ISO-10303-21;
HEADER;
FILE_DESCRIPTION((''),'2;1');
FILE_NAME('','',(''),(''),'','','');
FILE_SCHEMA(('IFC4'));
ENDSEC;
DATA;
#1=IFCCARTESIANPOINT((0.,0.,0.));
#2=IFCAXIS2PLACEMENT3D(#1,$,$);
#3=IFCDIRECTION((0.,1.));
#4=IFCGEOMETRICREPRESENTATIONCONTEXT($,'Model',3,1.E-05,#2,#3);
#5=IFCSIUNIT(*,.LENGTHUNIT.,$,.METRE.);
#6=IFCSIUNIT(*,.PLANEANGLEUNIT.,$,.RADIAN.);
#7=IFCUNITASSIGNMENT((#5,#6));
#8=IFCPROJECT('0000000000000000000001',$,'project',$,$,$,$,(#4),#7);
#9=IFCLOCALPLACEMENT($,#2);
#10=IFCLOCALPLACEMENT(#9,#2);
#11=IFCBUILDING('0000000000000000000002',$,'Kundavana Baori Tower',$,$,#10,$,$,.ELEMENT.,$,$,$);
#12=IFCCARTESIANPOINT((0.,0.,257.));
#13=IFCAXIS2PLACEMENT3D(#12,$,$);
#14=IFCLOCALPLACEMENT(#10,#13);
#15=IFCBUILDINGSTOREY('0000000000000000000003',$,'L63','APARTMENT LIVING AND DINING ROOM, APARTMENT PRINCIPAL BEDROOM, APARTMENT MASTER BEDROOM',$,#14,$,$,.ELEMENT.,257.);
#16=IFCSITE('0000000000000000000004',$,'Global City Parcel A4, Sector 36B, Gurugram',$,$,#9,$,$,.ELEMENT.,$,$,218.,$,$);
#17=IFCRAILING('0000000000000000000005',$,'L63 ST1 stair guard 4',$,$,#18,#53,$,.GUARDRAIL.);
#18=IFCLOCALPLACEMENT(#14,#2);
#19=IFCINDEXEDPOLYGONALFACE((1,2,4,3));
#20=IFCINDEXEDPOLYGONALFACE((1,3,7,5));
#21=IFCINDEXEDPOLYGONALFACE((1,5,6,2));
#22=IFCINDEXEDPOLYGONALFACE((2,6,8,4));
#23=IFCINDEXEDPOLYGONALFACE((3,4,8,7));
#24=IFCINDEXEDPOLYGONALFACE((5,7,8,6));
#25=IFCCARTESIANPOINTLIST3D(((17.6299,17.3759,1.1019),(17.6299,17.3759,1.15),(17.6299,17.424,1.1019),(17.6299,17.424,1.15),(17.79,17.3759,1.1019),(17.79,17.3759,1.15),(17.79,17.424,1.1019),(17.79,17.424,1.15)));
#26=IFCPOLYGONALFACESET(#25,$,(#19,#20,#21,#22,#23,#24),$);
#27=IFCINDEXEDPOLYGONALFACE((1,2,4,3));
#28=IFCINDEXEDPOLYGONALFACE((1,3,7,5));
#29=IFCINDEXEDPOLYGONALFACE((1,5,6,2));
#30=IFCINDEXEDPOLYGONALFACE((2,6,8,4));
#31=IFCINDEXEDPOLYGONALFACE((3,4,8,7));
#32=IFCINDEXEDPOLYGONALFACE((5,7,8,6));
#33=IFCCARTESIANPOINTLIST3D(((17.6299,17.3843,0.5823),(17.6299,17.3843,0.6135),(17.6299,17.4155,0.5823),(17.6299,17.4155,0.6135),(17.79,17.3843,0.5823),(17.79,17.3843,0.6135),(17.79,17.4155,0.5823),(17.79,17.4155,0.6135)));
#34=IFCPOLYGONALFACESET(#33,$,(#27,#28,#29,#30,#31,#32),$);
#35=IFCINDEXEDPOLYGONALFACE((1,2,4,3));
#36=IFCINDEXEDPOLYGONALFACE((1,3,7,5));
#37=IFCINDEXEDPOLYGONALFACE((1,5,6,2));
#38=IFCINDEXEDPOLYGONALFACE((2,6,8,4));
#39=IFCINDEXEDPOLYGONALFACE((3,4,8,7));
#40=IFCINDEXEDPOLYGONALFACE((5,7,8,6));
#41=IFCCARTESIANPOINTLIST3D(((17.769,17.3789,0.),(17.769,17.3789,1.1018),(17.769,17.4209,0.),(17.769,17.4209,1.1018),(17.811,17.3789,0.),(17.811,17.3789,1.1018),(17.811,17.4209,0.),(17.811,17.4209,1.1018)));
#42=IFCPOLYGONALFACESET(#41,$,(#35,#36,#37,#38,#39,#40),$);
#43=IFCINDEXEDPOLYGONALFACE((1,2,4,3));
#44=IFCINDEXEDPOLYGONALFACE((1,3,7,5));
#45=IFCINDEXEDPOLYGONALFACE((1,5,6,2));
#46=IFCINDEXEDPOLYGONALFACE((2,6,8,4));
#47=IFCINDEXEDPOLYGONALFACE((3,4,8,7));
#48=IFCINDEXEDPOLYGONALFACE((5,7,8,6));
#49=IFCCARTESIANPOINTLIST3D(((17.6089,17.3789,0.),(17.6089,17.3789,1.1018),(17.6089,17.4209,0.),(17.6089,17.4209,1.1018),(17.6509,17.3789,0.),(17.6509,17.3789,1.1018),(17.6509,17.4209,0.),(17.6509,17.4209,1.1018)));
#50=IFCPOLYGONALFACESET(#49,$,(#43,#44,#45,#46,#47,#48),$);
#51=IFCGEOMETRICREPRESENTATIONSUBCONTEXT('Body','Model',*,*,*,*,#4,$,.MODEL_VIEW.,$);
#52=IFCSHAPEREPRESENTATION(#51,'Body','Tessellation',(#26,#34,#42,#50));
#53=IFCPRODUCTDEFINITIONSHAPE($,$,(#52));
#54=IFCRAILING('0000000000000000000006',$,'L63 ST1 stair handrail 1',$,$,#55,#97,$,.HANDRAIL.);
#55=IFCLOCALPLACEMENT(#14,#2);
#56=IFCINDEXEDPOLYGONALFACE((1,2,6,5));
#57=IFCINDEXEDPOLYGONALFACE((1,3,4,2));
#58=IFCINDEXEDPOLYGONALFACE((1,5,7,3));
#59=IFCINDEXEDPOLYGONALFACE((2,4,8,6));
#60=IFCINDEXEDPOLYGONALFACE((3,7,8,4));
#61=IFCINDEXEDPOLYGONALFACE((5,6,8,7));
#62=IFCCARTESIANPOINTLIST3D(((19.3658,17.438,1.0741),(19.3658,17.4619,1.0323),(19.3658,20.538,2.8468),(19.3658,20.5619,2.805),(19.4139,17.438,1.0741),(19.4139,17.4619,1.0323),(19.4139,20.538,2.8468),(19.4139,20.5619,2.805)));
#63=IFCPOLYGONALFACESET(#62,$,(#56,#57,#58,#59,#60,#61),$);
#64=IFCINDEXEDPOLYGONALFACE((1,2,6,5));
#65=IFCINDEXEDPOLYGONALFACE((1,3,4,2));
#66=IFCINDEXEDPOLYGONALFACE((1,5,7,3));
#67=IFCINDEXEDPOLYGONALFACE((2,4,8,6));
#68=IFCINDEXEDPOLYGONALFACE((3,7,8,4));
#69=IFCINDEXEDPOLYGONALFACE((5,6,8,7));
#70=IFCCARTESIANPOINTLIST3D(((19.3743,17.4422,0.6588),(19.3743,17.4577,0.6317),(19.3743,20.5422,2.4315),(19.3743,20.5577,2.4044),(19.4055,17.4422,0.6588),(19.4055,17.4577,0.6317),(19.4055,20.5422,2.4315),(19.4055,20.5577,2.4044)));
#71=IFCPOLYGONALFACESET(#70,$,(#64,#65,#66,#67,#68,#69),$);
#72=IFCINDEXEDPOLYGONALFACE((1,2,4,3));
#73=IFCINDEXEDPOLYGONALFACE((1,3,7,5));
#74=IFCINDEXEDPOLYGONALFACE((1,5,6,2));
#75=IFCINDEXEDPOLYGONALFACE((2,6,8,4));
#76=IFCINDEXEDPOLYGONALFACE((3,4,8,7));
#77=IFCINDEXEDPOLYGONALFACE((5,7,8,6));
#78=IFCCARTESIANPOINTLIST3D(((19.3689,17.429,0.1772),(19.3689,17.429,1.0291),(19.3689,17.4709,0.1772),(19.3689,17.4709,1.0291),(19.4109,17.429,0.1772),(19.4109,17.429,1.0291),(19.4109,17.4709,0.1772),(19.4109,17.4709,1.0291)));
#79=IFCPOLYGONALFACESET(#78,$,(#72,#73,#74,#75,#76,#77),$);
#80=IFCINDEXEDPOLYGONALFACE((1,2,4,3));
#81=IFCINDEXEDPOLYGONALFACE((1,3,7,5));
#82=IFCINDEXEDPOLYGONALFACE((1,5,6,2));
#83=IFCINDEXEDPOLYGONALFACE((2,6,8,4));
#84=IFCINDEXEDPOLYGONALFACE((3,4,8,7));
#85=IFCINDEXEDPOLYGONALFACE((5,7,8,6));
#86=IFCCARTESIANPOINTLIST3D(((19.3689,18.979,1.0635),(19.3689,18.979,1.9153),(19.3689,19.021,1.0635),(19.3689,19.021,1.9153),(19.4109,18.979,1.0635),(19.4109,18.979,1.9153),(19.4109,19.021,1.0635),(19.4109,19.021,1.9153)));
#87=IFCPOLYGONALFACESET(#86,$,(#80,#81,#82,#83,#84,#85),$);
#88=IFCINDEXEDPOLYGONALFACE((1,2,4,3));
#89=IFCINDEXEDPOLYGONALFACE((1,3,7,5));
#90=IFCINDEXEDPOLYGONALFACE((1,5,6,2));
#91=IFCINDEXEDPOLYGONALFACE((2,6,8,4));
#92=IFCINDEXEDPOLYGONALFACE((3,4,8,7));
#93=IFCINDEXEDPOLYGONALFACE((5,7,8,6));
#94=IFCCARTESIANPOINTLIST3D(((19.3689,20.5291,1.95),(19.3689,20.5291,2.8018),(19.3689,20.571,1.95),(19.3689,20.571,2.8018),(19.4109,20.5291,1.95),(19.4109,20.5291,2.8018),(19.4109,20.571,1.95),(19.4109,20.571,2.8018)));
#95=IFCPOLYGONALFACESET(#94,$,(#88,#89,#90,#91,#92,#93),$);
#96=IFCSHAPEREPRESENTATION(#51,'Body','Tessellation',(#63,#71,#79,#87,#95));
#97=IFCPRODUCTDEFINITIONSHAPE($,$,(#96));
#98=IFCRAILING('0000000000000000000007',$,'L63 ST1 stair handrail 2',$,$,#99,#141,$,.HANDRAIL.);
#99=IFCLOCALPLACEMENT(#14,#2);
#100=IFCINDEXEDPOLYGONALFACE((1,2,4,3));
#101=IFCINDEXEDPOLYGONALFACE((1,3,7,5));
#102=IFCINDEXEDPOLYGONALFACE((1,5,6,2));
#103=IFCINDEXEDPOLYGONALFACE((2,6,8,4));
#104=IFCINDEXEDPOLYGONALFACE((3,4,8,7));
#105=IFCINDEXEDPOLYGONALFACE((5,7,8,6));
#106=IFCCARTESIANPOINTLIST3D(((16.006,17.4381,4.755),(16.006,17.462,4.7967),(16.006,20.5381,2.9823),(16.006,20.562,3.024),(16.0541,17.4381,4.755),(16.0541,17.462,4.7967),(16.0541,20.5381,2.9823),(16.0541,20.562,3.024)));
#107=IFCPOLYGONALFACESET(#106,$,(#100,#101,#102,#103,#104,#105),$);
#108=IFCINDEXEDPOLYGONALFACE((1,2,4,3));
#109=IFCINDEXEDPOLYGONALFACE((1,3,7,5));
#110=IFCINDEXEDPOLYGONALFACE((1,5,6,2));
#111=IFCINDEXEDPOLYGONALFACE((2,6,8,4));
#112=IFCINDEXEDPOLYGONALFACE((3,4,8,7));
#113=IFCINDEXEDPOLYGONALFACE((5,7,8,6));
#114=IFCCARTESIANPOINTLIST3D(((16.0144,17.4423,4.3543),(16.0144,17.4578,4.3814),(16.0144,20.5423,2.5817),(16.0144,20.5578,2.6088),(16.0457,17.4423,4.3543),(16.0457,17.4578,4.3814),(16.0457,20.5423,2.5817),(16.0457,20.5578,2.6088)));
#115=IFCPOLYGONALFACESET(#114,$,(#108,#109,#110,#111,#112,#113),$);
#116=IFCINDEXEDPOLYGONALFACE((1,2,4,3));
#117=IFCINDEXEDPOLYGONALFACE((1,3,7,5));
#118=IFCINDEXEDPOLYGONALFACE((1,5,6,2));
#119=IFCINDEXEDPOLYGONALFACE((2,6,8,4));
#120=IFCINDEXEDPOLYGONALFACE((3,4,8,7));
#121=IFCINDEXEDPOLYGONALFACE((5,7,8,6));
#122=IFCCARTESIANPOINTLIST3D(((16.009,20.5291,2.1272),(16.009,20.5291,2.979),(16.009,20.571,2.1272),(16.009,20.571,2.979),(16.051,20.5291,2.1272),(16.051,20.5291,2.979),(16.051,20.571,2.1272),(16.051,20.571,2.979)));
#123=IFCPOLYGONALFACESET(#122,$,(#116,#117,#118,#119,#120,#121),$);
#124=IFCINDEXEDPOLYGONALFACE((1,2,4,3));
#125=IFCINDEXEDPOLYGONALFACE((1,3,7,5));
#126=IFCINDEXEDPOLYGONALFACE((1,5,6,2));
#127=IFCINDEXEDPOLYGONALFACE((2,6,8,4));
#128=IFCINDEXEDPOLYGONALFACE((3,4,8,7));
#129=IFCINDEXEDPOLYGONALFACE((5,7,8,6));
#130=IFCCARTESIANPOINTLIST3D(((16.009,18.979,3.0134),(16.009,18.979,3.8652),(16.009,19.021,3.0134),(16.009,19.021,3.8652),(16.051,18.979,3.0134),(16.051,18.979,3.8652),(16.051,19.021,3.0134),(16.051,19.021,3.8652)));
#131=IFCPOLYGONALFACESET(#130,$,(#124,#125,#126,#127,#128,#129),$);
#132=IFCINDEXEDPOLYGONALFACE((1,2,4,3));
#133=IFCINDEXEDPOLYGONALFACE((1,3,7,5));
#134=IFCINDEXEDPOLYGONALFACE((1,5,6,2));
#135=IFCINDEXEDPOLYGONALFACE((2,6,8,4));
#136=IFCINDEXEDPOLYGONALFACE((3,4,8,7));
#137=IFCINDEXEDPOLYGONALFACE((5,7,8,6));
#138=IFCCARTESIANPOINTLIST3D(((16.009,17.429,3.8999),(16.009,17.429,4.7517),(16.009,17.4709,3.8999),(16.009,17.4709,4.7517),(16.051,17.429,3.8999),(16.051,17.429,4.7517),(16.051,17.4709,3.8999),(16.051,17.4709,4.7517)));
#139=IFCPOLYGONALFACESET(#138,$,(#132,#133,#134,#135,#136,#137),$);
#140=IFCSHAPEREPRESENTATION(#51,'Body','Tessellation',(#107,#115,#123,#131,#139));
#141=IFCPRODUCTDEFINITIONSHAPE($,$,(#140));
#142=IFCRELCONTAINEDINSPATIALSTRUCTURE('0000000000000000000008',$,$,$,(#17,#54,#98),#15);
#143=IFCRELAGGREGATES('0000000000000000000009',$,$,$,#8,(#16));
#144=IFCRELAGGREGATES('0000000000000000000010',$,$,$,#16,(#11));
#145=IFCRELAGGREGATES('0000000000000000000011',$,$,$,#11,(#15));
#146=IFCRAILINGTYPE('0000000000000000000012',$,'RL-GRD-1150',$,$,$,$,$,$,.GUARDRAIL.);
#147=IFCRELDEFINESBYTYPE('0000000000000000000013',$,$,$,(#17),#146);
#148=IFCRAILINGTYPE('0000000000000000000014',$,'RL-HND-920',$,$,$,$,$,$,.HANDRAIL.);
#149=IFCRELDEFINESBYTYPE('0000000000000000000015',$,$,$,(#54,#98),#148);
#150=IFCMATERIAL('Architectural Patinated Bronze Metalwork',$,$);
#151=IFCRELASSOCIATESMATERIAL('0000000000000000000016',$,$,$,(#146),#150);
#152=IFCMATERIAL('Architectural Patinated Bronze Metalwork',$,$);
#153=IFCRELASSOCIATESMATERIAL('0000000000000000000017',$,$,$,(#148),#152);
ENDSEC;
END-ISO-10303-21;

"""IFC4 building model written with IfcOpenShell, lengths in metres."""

from ifc_helpers import new_model, si_unit, direction, frame, origin, origin_2d, place, context, subcontext, project, spatial, rectangle, extrude, material, type_object, element, save


model = new_model("IFC4")

# Units and contexts
model_context = context("Model", 3, precision=1e-05, world=origin(), true_north=direction((0.0, 1.0)))
body_context = subcontext(model_context, "Body", "Model", "MODEL_VIEW")
ifc_project = project(units=[si_unit("LENGTHUNIT", "METRE"), si_unit("PLANEANGLEUNIT", "RADIAN")], contexts=[model_context])

# Site, building, storey
site_placement = place(None, origin())
site = spatial("IfcSite", under=ifc_project, at=site_placement, Name="Global City Parcel A4, Sector 36B, Gurugram", CompositionType="ELEMENT", RefElevation=218.0)
building_placement = place(site_placement, origin())
building = spatial("IfcBuilding", under=site, at=building_placement, Name="Kundavana Baori Tower", CompositionType="ELEMENT")
storey_placement = place(building_placement, frame((0.0, 0.0, 257.0)))
storey = spatial("IfcBuildingStorey", under=building, at=storey_placement, Name="L63", Description="APARTMENT LIVING AND DINING ROOM, APARTMENT PRINCIPAL BEDROOM, APARTMENT MASTER BEDROOM", CompositionType="ELEMENT", Elevation=257.0)

# Railings
ifc_material_1 = material(Name="Architectural Patinated Bronze Metalwork")
railing_type_1 = type_object("IfcRailingType", Name="RL-GRD-1150", PredefinedType="GUARDRAIL", material=ifc_material_1)
railing_1_placement = place(storey_placement, frame((17.79, 17.3999, 0.0)))
element("IfcRailing", 1, at=railing_1_placement, inside=storey, type_object=railing_type_1, Name="L63 ST1 stair guard 4", PredefinedType="GUARDRAIL", context=body_context, shape_type="SweptSolid", body=[
    extrude(rectangle(XDim=0.0481, YDim=0.0481, at=origin_2d()), frame((0.0, 0.0, 1.126), z_axis=(-1.0, 0.0, 0.0), x_axis=(0.0, -1.0, 0.0)), (0.0, 0.0, 1.0), 0.1602),
    extrude(rectangle(XDim=0.0312, YDim=0.0312, at=origin_2d()), frame((0.0, 0.0, 0.5979), z_axis=(-1.0, 0.0, 0.0), x_axis=(0.0, -1.0, 0.0)), (0.0, 0.0, 1.0), 0.1602),
    extrude(rectangle(XDim=0.042, YDim=0.042, at=origin_2d()), origin(), (0.0, 0.0, 1.0), 1.1018),
    extrude(rectangle(XDim=0.042, YDim=0.042, at=origin_2d()), frame((-0.1602, 0.0, 0.0)), (0.0, 0.0, 1.0), 1.1018),
])
ifc_material_2 = material(Name="Architectural Patinated Bronze Metalwork")
railing_type_2 = type_object("IfcRailingType", Name="RL-HND-920", PredefinedType="HANDRAIL", material=ifc_material_2)
railing_2_placement = place(storey_placement, frame((19.3899, 17.45, 0.1772)))
element("IfcRailing", 2, at=railing_2_placement, inside=storey, type_object=railing_type_2, Name="L63 ST1 stair handrail 1", PredefinedType="HANDRAIL", context=body_context, shape_type="SweptSolid", body=[
    extrude(rectangle(XDim=0.0481, YDim=0.0481, at=origin_2d()), frame((0.0, 0.0, 0.876), z_axis=(0.0, 0.868096, 0.496397), x_axis=(-1.0, 0.0, 0.0)), (0.0, 0.0, 1.0), 3.571),
    extrude(rectangle(XDim=0.0312, YDim=0.0312, at=origin_2d()), frame((0.0, 0.0, 0.468), z_axis=(0.0, 0.868096, 0.496397), x_axis=(-1.0, 0.0, 0.0)), (0.0, 0.0, 1.0), 3.571),
    extrude(rectangle(XDim=0.042, YDim=0.042, at=origin_2d()), origin(), (0.0, 0.0, 1.0), 0.8518),
    extrude(rectangle(XDim=0.042, YDim=0.042, at=origin_2d()), frame((0.0, 1.55, 0.8862)), (0.0, 0.0, 1.0), 0.8518),
    extrude(rectangle(XDim=0.042, YDim=0.042, at=origin_2d()), frame((0.0, 3.1001, 1.7727)), (0.0, 0.0, 1.0), 0.8518),
])
railing_3_placement = place(storey_placement, frame((16.03, 20.55, 2.1272)))
element("IfcRailing", 3, at=railing_3_placement, inside=storey, type_object=railing_type_2, Name="L63 ST1 stair handrail 2", PredefinedType="HANDRAIL", context=body_context, shape_type="SweptSolid", body=[
    extrude(rectangle(XDim=0.0481, YDim=0.0481, at=origin_2d()), frame((0.0, 0.0, 0.876), z_axis=(0.0, -0.868096, 0.496397), x_axis=(1.0, 0.0, 0.0)), (0.0, 0.0, 1.0), 3.571),
    extrude(rectangle(XDim=0.0312, YDim=0.0312, at=origin_2d()), frame((0.0, 0.0, 0.468), z_axis=(0.0, -0.868096, 0.496397), x_axis=(1.0, 0.0, 0.0)), (0.0, 0.0, 1.0), 3.571),
    extrude(rectangle(XDim=0.042, YDim=0.042, at=origin_2d()), origin(), (0.0, 0.0, 1.0), 0.8518),
    extrude(rectangle(XDim=0.042, YDim=0.042, at=origin_2d()), frame((0.0, -1.55, 0.8862)), (0.0, 0.0, 1.0), 0.8518),
    extrude(rectangle(XDim=0.042, YDim=0.042, at=origin_2d()), frame((0.0, -3.1001, 1.7727)), (0.0, 0.0, 1.0), 0.8518),
])

save(model, "model.ifc")
